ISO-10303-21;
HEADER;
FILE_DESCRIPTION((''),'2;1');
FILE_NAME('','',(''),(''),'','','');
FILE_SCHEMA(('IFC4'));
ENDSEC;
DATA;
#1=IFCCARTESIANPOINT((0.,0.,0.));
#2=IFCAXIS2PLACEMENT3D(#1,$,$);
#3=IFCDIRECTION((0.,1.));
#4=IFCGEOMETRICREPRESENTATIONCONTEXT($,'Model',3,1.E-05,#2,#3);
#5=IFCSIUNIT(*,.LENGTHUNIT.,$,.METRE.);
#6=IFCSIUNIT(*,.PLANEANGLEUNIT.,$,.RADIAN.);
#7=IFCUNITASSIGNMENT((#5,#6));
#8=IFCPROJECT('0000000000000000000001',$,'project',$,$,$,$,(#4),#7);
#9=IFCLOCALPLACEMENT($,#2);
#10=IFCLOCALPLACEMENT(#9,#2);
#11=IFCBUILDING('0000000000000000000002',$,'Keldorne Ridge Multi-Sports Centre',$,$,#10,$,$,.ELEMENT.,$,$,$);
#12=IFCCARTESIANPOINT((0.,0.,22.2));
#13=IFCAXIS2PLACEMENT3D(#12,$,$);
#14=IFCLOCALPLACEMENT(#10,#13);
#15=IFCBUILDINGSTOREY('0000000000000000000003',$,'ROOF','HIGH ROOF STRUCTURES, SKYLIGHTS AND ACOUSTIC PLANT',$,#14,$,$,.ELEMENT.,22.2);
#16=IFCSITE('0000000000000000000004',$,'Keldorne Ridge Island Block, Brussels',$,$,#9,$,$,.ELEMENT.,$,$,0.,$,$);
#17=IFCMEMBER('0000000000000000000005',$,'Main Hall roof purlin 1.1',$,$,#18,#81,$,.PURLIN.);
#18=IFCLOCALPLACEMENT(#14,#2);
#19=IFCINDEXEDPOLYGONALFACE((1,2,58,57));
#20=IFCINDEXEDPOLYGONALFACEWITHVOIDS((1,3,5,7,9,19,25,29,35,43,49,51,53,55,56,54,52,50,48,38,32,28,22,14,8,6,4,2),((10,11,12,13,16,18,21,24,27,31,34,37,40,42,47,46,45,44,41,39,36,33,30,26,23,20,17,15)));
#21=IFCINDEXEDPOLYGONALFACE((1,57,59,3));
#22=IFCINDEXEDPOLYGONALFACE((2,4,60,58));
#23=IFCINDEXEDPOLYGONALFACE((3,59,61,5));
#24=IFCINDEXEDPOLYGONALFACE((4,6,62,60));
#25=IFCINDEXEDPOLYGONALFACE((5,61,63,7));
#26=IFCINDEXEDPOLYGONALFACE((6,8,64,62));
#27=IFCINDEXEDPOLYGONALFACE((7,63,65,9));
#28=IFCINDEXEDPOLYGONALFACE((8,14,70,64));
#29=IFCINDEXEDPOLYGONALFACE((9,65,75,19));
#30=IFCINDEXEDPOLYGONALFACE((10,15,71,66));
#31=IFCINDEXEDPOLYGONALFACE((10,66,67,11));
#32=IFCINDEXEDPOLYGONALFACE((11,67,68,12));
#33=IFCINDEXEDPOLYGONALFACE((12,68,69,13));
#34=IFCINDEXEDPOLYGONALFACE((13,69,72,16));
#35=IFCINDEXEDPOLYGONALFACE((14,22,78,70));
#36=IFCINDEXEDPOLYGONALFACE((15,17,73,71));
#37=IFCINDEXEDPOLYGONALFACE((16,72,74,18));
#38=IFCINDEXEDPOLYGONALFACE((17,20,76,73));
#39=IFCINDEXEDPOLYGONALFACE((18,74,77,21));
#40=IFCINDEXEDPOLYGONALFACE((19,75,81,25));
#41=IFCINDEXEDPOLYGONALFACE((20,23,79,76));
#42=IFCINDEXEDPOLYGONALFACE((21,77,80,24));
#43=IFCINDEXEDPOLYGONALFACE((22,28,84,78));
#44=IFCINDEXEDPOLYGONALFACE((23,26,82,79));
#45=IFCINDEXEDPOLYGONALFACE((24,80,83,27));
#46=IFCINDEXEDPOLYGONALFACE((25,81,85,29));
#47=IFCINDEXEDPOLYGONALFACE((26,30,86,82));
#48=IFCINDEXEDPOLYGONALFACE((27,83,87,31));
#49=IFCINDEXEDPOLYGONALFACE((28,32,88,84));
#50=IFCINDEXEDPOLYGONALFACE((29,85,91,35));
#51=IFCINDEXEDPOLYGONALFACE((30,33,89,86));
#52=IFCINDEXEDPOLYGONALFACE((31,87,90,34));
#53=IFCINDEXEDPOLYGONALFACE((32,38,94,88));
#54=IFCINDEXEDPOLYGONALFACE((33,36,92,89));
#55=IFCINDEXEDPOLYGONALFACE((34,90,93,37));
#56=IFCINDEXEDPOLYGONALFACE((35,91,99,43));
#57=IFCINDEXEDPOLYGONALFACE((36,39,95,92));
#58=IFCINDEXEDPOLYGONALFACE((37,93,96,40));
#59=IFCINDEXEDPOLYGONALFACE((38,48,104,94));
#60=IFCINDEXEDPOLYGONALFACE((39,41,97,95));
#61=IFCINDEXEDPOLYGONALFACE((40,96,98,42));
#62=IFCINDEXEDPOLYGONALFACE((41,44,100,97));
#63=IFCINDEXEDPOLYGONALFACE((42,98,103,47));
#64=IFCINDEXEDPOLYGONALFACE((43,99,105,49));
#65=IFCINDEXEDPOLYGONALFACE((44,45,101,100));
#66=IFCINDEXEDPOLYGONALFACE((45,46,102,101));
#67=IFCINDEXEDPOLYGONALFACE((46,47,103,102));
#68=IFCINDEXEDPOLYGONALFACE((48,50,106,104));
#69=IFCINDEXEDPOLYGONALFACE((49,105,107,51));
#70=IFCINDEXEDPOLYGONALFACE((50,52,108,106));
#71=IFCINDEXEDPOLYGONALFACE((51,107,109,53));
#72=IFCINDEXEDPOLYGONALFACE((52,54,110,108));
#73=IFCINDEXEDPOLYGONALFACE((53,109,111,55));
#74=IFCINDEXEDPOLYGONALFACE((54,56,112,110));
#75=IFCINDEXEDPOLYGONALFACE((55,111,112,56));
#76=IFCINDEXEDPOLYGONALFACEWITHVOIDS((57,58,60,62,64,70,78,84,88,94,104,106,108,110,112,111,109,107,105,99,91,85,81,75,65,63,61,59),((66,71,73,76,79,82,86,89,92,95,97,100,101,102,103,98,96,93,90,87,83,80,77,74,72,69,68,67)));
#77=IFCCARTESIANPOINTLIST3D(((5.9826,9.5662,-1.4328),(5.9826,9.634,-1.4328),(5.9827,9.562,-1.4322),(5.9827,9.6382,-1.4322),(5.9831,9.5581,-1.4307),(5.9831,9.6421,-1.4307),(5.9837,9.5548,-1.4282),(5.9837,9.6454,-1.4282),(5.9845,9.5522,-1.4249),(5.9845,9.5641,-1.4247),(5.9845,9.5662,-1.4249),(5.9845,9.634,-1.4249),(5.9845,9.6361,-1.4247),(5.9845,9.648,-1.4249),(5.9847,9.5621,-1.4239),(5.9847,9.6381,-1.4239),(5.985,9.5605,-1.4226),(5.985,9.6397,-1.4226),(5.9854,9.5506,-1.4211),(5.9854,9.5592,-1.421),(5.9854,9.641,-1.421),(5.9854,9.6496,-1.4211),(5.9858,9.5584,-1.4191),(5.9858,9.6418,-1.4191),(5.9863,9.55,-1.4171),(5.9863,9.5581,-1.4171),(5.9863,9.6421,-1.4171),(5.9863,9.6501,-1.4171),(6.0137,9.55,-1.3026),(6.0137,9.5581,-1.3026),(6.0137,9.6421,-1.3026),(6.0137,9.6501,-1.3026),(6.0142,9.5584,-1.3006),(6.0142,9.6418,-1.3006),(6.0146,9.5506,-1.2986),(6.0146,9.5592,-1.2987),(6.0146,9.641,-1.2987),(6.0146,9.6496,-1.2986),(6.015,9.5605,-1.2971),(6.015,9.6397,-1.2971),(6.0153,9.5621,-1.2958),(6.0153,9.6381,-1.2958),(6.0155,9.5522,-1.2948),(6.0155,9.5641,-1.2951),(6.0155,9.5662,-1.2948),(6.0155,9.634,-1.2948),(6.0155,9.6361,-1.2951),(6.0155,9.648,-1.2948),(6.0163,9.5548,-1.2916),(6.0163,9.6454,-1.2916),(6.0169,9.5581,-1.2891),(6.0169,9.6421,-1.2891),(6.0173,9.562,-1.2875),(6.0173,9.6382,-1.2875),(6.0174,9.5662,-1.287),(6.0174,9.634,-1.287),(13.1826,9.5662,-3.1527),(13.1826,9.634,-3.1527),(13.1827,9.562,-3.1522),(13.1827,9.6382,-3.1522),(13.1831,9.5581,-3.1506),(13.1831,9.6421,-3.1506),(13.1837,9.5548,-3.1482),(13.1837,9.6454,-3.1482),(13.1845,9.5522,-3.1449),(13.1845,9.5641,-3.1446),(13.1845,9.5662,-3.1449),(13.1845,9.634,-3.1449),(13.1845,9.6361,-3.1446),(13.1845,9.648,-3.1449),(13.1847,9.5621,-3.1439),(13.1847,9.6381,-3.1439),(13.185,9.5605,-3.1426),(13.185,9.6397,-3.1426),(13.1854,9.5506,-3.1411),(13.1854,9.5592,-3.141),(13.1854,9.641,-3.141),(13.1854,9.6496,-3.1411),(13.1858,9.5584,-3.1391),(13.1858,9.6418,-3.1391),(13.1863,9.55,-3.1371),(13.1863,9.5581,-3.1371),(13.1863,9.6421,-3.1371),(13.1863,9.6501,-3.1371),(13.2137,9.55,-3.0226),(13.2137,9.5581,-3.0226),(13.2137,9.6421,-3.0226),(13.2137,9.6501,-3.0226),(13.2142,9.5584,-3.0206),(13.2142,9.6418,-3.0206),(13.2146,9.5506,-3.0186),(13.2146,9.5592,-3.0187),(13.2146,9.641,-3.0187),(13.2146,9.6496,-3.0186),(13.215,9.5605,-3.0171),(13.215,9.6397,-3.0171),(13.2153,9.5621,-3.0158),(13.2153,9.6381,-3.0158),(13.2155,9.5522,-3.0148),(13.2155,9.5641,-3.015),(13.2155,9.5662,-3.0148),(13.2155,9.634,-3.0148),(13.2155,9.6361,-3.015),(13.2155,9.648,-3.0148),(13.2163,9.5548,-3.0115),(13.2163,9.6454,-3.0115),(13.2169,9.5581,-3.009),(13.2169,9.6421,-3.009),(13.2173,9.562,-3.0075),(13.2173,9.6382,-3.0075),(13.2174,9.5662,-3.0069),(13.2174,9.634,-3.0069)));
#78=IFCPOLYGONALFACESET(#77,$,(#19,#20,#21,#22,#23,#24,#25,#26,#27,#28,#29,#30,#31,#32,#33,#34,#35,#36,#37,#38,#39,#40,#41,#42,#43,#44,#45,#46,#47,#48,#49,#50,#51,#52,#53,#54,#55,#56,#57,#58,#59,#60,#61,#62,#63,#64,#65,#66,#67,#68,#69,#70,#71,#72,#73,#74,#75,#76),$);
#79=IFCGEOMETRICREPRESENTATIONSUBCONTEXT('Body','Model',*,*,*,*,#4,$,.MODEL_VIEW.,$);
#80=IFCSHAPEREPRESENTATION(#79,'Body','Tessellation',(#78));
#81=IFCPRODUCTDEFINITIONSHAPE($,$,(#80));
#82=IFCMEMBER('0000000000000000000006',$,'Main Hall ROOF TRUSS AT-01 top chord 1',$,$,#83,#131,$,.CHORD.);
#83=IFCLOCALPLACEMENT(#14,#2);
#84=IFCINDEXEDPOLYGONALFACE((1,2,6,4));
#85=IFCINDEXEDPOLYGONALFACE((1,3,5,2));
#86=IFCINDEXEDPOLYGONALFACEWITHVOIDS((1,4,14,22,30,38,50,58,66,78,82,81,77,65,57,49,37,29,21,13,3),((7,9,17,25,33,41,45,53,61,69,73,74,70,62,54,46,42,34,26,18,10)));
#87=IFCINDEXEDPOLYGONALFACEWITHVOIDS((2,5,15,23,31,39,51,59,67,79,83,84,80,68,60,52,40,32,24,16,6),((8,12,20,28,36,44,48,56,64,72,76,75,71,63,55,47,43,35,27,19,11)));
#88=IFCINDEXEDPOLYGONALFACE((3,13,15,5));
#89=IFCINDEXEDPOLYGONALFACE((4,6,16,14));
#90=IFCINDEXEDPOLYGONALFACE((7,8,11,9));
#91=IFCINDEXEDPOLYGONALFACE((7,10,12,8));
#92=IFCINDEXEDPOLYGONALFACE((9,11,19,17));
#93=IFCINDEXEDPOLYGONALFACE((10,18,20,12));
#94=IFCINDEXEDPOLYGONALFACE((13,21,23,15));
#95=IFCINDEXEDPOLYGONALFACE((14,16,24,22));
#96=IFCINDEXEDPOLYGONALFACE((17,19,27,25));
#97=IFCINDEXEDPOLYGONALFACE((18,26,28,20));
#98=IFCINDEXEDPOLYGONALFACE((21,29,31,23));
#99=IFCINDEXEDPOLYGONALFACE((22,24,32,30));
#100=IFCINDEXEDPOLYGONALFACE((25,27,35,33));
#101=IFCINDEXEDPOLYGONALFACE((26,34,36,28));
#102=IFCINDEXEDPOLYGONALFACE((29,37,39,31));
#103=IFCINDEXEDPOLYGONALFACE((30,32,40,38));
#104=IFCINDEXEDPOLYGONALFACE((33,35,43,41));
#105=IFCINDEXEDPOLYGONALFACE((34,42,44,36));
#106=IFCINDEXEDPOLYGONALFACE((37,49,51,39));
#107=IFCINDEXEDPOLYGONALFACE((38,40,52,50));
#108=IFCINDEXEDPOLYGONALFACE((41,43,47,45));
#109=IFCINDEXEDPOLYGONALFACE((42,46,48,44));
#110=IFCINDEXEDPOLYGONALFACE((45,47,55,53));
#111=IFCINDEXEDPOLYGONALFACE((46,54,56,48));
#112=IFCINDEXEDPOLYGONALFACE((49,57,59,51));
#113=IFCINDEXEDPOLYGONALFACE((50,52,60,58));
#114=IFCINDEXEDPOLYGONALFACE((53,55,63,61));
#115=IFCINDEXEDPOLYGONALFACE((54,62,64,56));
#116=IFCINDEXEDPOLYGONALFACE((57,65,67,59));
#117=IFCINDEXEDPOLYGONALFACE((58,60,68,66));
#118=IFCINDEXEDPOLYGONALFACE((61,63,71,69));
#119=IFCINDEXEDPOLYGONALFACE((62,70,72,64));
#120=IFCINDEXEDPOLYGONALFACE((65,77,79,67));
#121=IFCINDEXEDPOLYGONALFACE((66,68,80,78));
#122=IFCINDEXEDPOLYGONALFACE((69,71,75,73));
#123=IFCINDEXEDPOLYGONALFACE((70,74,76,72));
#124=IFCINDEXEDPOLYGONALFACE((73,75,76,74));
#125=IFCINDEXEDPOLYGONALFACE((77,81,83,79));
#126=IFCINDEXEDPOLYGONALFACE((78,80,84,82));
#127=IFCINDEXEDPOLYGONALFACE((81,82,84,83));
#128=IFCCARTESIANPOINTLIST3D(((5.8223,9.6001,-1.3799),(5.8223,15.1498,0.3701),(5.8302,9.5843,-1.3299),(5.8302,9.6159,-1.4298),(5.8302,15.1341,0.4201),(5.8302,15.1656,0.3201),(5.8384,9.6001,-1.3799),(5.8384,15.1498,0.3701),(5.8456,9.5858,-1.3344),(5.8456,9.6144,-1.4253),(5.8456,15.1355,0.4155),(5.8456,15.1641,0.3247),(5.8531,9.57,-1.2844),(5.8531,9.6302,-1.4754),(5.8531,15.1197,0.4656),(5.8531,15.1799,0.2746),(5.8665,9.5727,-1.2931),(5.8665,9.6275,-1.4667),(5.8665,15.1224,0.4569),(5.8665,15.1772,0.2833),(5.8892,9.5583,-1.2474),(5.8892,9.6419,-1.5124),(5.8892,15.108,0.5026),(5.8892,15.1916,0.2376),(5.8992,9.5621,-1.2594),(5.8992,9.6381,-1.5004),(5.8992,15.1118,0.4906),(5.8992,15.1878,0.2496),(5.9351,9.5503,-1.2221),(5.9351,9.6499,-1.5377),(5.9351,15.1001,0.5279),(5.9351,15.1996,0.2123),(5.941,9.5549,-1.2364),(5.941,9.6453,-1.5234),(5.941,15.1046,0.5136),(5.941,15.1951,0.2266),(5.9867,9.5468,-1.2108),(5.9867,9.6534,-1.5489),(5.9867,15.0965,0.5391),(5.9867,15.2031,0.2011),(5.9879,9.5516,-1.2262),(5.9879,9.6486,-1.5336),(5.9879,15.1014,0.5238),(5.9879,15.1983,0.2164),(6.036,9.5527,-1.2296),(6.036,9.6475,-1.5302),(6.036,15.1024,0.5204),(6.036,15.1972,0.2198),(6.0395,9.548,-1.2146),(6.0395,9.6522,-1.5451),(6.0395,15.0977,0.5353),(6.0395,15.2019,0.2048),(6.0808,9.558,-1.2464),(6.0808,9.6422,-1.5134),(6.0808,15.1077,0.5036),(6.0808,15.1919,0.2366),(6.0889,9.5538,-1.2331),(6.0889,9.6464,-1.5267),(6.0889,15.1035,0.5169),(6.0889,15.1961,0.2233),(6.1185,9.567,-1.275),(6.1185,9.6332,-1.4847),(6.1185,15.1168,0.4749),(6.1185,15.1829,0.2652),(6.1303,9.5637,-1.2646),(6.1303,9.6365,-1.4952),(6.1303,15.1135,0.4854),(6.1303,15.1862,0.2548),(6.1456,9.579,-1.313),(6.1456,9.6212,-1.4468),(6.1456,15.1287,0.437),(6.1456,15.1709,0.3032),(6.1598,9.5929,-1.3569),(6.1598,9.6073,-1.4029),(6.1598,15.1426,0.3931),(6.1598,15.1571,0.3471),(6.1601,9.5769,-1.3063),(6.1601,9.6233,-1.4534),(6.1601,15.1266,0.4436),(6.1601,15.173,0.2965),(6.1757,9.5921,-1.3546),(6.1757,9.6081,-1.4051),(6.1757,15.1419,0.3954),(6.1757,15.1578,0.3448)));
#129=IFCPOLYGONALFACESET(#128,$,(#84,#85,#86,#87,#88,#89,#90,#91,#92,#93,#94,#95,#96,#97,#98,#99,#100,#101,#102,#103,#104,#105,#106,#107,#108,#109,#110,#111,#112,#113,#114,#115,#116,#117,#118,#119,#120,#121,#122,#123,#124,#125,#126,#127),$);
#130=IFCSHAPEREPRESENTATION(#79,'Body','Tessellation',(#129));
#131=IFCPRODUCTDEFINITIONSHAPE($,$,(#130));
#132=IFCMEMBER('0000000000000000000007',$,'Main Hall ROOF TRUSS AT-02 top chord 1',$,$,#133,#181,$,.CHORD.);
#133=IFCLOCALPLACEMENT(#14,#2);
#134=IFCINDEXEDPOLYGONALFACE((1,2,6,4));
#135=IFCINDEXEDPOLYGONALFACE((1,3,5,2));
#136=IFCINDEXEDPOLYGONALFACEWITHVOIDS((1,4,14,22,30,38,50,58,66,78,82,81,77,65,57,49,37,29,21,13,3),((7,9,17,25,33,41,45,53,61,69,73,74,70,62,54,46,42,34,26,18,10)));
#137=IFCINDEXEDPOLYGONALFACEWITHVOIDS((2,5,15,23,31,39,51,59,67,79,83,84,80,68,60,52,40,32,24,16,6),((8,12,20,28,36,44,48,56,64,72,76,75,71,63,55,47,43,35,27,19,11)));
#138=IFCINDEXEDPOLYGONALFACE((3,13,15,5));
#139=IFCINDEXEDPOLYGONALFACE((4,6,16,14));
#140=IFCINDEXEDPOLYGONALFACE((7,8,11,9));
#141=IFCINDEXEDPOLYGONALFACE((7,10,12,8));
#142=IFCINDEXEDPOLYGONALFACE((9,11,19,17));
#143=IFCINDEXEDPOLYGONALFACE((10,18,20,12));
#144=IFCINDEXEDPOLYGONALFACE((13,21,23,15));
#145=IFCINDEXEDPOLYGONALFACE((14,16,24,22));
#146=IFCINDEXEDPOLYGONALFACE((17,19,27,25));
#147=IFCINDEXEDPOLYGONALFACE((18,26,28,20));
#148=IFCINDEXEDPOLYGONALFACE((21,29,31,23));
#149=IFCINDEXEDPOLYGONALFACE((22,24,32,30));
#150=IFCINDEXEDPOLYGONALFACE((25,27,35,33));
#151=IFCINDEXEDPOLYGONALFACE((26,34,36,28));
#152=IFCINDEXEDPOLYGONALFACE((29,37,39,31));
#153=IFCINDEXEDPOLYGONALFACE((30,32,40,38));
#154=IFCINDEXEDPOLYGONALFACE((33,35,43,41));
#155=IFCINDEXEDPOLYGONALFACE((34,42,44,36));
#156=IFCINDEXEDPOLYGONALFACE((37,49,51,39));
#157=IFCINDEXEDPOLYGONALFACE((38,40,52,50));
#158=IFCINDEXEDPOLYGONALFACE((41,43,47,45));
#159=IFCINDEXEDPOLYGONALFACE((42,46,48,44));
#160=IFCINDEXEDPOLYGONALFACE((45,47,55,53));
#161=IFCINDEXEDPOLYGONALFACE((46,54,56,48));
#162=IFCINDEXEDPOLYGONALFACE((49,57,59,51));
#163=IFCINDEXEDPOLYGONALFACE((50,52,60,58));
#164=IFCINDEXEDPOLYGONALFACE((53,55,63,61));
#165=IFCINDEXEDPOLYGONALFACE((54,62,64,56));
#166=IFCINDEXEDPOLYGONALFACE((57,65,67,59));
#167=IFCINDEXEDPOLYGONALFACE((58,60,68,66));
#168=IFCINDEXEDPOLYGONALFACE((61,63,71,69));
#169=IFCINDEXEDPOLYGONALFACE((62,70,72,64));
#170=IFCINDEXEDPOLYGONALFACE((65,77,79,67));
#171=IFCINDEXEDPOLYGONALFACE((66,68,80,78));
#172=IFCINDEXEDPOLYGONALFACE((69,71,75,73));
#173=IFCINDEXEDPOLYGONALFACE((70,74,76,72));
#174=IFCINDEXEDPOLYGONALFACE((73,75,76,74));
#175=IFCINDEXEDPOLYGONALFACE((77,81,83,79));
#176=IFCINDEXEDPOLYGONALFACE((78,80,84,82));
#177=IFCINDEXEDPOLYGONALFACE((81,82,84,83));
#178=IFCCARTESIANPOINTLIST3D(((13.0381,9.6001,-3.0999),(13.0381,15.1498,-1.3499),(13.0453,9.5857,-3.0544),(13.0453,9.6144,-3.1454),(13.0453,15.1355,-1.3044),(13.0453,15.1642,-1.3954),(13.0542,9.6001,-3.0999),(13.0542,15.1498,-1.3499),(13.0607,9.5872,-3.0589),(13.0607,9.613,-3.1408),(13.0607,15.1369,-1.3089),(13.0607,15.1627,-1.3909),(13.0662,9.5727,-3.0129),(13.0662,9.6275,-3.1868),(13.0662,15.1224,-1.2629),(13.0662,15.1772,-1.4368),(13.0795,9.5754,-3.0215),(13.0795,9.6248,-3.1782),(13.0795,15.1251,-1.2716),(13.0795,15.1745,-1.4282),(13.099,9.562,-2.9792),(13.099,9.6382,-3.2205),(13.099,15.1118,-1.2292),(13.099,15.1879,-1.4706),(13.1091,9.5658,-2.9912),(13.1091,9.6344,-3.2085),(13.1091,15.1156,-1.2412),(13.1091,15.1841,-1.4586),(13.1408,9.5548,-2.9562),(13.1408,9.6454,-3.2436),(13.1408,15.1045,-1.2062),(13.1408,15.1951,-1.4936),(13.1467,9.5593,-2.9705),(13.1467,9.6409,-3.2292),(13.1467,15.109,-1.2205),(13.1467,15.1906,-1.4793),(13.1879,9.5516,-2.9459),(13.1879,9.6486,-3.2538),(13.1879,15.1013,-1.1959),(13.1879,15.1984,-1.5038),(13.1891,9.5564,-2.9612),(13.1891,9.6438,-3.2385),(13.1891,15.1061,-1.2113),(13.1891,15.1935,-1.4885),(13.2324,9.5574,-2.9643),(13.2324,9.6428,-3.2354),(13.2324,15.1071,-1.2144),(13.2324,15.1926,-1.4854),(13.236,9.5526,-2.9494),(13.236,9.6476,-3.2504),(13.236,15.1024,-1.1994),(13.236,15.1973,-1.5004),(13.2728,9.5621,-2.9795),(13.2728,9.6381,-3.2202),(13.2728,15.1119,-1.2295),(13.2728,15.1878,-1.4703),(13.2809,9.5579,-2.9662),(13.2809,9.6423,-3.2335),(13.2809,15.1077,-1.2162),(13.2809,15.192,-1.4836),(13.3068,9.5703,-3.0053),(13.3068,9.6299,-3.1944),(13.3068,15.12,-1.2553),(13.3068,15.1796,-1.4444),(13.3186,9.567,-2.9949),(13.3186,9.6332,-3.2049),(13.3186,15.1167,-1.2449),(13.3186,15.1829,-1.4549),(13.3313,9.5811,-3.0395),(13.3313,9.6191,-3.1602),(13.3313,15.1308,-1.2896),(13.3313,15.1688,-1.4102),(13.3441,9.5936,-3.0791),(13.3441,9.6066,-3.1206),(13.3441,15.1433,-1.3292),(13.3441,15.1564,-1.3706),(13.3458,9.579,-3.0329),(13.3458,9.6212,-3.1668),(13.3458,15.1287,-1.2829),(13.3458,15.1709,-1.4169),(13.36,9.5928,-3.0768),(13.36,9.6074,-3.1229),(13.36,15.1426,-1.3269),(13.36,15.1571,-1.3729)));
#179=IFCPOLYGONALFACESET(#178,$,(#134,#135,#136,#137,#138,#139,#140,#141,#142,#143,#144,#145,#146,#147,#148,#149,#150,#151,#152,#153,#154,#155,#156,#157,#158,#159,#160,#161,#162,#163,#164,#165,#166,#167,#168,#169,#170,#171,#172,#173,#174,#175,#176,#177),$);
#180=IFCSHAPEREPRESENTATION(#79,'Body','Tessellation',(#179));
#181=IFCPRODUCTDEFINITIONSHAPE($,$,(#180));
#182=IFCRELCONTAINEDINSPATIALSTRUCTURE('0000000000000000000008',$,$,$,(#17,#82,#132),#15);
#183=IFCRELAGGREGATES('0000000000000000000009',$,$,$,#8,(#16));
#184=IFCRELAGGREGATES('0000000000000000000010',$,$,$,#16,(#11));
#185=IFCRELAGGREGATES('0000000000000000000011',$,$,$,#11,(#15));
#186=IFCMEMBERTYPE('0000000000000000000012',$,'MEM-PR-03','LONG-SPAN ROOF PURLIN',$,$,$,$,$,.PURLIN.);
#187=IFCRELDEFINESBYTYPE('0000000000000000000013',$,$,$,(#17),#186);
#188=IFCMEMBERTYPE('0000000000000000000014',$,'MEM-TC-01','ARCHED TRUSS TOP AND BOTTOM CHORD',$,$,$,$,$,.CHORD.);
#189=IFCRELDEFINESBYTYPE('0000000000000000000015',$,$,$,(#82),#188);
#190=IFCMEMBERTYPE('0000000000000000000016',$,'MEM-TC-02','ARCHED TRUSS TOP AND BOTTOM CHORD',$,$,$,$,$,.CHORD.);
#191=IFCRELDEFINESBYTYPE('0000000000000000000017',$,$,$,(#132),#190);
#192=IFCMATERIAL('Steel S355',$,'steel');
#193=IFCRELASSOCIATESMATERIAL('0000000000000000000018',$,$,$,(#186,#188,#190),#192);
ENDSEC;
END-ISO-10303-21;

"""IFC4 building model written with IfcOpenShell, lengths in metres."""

from ifc_helpers import new_model, si_unit, direction, frame, origin, origin_2d, place, context, subcontext, project, spatial, hollow_rectangle, hollow_circle, extrude, material, material_profile, profile_set, type_object, element, save


model = new_model("IFC4")

# Units and contexts
model_context = context("Model", 3, precision=1e-05, world=origin(), true_north=direction((0.0, 1.0)))
body_context = subcontext(model_context, "Body", "Model", "MODEL_VIEW")
ifc_project = project(units=[si_unit("LENGTHUNIT", "METRE"), si_unit("PLANEANGLEUNIT", "RADIAN")], contexts=[model_context])

# Site, building, storey
site_placement = place(None, origin())
site = spatial("IfcSite", under=ifc_project, at=site_placement, Name="Keldorne Ridge Island Block, Brussels", CompositionType="ELEMENT", RefElevation=0.0)
building_placement = place(site_placement, origin())
building = spatial("IfcBuilding", under=site, at=building_placement, Name="Keldorne Ridge Multi-Sports Centre", CompositionType="ELEMENT")
storey_placement = place(building_placement, frame((0.0, 0.0, 22.2)))
storey = spatial("IfcBuildingStorey", under=building, at=storey_placement, Name="ROOF", Description="HIGH ROOF STRUCTURES, SKYLIGHTS AND ACOUSTIC PLANT", CompositionType="ELEMENT", Elevation=22.2)

# Members
ifc_material_1 = material(Name="Steel S355", Category="steel")
ifc_material_profile_1 = material_profile(ifc_material_1, hollow_rectangle(XDim=0.1001, YDim=0.1499, WallThickness=0.0081, InnerFilletRadius=0.0081, OuterFilletRadius=0.0161, at=origin_2d()), Name="RHS 150x100x8")
ifc_profile_set_1 = profile_set([ifc_material_profile_1], Name="Steel S355")
member_type_1 = type_object("IfcMemberType", Name="MEM-PR-03", Description="LONG-SPAN ROOF PURLIN", PredefinedType="PURLIN", material=ifc_profile_set_1)
member_1_placement = place(storey_placement, frame((6.0, 9.6001, -1.3599), z_axis=(0.972633, 0.0, -0.232349), x_axis=(0.0, 1.0, 0.0)))
element("IfcMember", 1, at=member_1_placement, inside=storey, type_object=member_type_1, Name="Main Hall roof purlin 1.1", PredefinedType="PURLIN", context=body_context, shape_type="SweptSolid", body=[
    extrude(hollow_rectangle(XDim=0.1001, YDim=0.1499, WallThickness=0.0081, InnerFilletRadius=0.0081, OuterFilletRadius=0.0161, at=origin_2d()), origin(), (0.0, 0.0, 1.0), 7.4026),
])
ifc_material_profile_2 = material_profile(ifc_material_1, hollow_circle(Radius=0.1777, WallThickness=0.0161, at=origin_2d()), Name="CHS 355.6x16")
ifc_profile_set_2 = profile_set([ifc_material_profile_2], Name="Steel S355")
member_type_2 = type_object("IfcMemberType", Name="MEM-TC-01", Description="ARCHED TRUSS TOP AND BOTTOM CHORD", PredefinedType="CHORD", material=ifc_profile_set_2)
member_2_placement = place(storey_placement, frame((6.0, 9.6001, -1.3799), z_axis=(0.0, 0.953709, 0.30073), x_axis=(-1.0, 0.0, 0.0)))
element("IfcMember", 2, at=member_2_placement, inside=storey, type_object=member_type_2, Name="Main Hall ROOF TRUSS AT-01 top chord 1", PredefinedType="CHORD", context=body_context, shape_type="SweptSolid", body=[
    extrude(hollow_circle(Radius=0.1777, WallThickness=0.0161, at=origin_2d()), origin(), (0.0, 0.0, 1.0), 5.8191),
])
ifc_material_profile_3 = material_profile(ifc_material_1, hollow_circle(Radius=0.1619, WallThickness=0.0161, at=origin_2d()), Name="CHS 323.9x16")
ifc_profile_set_3 = profile_set([ifc_material_profile_3], Name="Steel S355")
member_type_3 = type_object("IfcMemberType", Name="MEM-TC-02", Description="ARCHED TRUSS TOP AND BOTTOM CHORD", PredefinedType="CHORD", material=ifc_profile_set_3)
member_3_placement = place(storey_placement, frame((13.2, 9.6001, -3.0999), z_axis=(0.0, 0.953709, 0.30073), x_axis=(-1.0, 0.0, 0.0)))
element("IfcMember", 3, at=member_3_placement, inside=storey, type_object=member_type_3, Name="Main Hall ROOF TRUSS AT-02 top chord 1", PredefinedType="CHORD", context=body_context, shape_type="SweptSolid", body=[
    extrude(hollow_circle(Radius=0.1619, WallThickness=0.0161, at=origin_2d()), origin(), (0.0, 0.0, 1.0), 5.8191),
])

save(model, "model.ifc")
